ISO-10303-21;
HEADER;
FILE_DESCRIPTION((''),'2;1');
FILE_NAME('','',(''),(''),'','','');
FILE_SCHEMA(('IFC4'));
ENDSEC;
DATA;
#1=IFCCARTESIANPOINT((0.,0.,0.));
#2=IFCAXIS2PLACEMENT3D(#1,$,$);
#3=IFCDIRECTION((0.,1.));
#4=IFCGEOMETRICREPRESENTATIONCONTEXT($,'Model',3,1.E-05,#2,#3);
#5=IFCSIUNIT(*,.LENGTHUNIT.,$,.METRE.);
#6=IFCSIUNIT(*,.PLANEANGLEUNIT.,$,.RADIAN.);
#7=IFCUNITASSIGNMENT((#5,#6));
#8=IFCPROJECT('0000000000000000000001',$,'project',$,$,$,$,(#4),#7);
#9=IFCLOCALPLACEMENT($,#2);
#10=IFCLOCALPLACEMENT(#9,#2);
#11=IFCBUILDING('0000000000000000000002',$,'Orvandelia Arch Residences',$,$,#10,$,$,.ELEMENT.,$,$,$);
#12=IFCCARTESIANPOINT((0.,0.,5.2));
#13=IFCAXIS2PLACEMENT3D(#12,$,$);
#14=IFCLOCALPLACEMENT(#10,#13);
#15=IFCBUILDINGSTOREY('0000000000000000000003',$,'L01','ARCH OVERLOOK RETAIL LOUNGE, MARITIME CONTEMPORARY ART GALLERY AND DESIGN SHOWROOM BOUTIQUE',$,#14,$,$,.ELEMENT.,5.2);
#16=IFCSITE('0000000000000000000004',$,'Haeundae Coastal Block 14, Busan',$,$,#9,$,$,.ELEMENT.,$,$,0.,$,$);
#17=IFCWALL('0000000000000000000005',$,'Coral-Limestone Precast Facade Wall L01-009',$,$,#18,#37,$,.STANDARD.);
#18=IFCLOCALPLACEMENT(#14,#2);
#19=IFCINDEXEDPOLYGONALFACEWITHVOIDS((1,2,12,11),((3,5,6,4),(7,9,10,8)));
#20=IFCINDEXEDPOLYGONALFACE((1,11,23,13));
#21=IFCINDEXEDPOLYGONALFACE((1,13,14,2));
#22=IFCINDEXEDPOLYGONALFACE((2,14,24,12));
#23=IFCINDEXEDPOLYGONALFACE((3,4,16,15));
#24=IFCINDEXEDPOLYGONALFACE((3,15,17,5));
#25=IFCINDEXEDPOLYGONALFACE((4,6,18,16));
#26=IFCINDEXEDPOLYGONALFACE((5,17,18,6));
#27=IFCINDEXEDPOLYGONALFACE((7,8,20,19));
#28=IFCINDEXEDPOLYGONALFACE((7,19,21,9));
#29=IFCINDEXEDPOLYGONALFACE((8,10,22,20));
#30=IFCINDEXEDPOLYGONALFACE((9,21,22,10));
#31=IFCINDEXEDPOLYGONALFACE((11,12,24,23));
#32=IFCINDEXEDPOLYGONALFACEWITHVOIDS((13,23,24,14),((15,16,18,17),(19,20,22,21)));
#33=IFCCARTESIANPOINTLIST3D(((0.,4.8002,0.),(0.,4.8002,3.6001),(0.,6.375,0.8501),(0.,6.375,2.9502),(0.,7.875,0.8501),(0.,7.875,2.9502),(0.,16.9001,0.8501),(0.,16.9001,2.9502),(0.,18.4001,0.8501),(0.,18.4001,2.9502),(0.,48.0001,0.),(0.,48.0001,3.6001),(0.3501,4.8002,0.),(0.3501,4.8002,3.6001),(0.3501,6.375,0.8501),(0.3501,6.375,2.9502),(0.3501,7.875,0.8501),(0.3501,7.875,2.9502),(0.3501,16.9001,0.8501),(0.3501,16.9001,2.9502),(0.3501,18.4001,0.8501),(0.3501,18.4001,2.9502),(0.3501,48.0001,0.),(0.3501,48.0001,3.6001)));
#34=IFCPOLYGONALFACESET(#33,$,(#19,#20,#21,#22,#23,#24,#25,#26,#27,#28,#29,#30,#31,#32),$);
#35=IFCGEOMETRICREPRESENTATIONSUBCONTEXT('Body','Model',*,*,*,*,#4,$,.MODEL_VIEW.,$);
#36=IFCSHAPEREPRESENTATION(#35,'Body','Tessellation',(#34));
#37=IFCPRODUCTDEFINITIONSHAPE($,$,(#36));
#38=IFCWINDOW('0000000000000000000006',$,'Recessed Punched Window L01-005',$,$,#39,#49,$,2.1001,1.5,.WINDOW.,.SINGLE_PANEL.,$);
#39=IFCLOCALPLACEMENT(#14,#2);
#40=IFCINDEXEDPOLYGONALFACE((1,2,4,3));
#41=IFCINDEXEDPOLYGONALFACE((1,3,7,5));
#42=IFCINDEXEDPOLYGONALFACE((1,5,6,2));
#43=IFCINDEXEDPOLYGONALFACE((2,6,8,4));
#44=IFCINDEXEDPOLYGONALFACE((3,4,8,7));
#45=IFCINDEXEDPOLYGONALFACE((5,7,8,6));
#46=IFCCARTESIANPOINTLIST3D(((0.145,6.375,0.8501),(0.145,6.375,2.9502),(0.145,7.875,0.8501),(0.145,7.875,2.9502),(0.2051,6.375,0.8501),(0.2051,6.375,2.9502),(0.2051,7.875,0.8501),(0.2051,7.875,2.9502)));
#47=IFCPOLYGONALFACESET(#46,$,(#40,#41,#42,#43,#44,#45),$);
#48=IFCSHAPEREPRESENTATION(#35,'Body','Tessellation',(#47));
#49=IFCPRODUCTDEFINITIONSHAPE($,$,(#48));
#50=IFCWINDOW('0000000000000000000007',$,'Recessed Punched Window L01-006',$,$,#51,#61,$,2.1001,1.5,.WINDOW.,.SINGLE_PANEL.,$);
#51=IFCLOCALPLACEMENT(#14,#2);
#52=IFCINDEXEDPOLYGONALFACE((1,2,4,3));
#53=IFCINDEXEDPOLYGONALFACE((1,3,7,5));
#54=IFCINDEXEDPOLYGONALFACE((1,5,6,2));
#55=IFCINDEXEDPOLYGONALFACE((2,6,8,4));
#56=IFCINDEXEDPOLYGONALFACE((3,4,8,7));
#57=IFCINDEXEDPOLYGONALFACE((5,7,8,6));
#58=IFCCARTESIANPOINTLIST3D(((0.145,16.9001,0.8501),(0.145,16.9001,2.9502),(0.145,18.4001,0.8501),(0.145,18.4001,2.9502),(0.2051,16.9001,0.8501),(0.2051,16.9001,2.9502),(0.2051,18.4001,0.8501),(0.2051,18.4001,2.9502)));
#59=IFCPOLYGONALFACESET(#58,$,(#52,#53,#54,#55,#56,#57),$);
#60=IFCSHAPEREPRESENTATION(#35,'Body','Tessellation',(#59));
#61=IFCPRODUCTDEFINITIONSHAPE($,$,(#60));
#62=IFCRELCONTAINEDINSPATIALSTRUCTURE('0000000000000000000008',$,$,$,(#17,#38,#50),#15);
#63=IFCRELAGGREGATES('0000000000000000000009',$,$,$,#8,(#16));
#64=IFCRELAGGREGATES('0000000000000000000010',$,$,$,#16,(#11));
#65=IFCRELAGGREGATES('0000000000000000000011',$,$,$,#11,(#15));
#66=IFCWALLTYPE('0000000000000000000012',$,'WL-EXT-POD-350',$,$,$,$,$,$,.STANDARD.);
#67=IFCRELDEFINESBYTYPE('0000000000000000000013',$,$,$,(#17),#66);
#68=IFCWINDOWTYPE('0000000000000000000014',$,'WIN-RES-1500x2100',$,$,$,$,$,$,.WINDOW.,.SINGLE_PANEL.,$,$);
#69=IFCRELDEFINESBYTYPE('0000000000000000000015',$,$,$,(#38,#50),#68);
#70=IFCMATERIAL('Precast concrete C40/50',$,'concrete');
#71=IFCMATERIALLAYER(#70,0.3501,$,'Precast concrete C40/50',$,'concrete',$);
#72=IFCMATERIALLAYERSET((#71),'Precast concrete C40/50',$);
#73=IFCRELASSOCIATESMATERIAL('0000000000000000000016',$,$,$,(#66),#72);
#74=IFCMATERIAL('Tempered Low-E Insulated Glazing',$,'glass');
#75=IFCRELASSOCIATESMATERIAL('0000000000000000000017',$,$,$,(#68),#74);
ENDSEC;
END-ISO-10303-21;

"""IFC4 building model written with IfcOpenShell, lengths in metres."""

from ifc_helpers import new_model, si_unit, direction, frame, frame_2d, origin, place, context, subcontext, project, spatial, rectangle, extrude, material, layer, layer_set, type_object, element, fill, save


model = new_model("IFC4")

# Units and contexts
model_context = context("Model", 3, precision=1e-05, world=origin(), true_north=direction((0.0, 1.0)))
body_context = subcontext(model_context, "Body", "Model", "MODEL_VIEW")
ifc_project = project(units=[si_unit("LENGTHUNIT", "METRE"), si_unit("PLANEANGLEUNIT", "RADIAN")], contexts=[model_context])

# Site, building, storey
site_placement = place(None, origin())
site = spatial("IfcSite", under=ifc_project, at=site_placement, Name="Haeundae Coastal Block 14, Busan", CompositionType="ELEMENT", RefElevation=0.0)
building_placement = place(site_placement, origin())
building = spatial("IfcBuilding", under=site, at=building_placement, Name="Orvandelia Arch Residences", CompositionType="ELEMENT")
storey_placement = place(building_placement, frame((0.0, 0.0, 5.2)))
storey = spatial("IfcBuildingStorey", under=building, at=storey_placement, Name="L01", Description="ARCH OVERLOOK RETAIL LOUNGE, MARITIME CONTEMPORARY ART GALLERY AND DESIGN SHOWROOM BOUTIQUE", CompositionType="ELEMENT", Elevation=5.2)

# Shared definitions
ifc_material_1 = material(Name="Precast concrete C40/50", Category="concrete")
ifc_layer_1 = layer(ifc_material_1, 0.3501, Name="Precast concrete C40/50", Category="concrete")
ifc_layer_set_1 = layer_set([ifc_layer_1], Name="Precast concrete C40/50")
wall_type = type_object("IfcWallType", Name="WL-EXT-POD-350", PredefinedType="STANDARD", material=ifc_layer_set_1)

# Wall, openings, windows
wall_1_placement = place(storey_placement, frame((0.175, 4.8, 0.0), z_axis=(0.0, 0.0, 1.0), x_axis=(0.0, 1.0, 0.0)))
wall_1 = element("IfcWall", 1, at=wall_1_placement, inside=storey, type_object=wall_type, Name="Coral-Limestone Precast Facade Wall L01-009", PredefinedType="STANDARD", context=body_context, shape_type="SweptSolid", body=[
    extrude(rectangle(XDim=43.2, YDim=0.3501, at=frame_2d((21.6001, 0.0))), origin(), (0.0, 0.0, 1.0), 3.6001),
])
opening_1_placement = place(wall_1_placement, frame((1.575, 0.0, 0.8501)))
opening_1 = element("IfcOpeningElement", 2, at=opening_1_placement, cuts=wall_1, PredefinedType="OPENING", context=body_context, shape_type="SweptSolid", body=[
    extrude(rectangle(XDim=1.5, YDim=2.1001, at=frame_2d((0.75, 1.05))), frame((0.0, 0.1851, 0.0), z_axis=(0.0, -1.0, 0.0), x_axis=(1.0, 0.0, 0.0)), (0.0, 0.0, 1.0), 0.3701),
])
opening_2_placement = place(wall_1_placement, frame((12.1001, 0.0, 0.8501)))
opening_2 = element("IfcOpeningElement", 3, at=opening_2_placement, cuts=wall_1, PredefinedType="OPENING", context=body_context, shape_type="SweptSolid", body=[
    extrude(rectangle(XDim=1.5, YDim=2.1001, at=frame_2d((0.75, 1.05))), frame((0.0, 0.1851, 0.0), z_axis=(0.0, -1.0, 0.0), x_axis=(1.0, 0.0, 0.0)), (0.0, 0.0, 1.0), 0.3701),
])
ifc_material_2 = material(Name="Tempered Low-E Insulated Glazing", Category="glass")
window_type_1 = type_object("IfcWindowType", Name="WIN-RES-1500x2100", PartitioningType="SINGLE_PANEL", PredefinedType="WINDOW", material=ifc_material_2)
window_1_placement = place(opening_1_placement, origin())
window_1 = element("IfcWindow", 4, at=window_1_placement, inside=storey, type_object=window_type_1, Name="Recessed Punched Window L01-005", OverallHeight=2.1001, OverallWidth=1.5, PartitioningType="SINGLE_PANEL", PredefinedType="WINDOW", context=body_context, shape_type="SweptSolid", body=[
    extrude(rectangle(XDim=1.5, YDim=2.1001, at=frame_2d((0.75, 1.05))), frame((0.0, 0.03, 0.0), z_axis=(0.0, -1.0, 0.0), x_axis=(1.0, 0.0, 0.0)), (0.0, 0.0, 1.0), 0.0601),
])
fill(opening_1, window_1)
window_2_placement = place(opening_2_placement, origin())
window_2 = element("IfcWindow", 5, at=window_2_placement, inside=storey, type_object=window_type_1, Name="Recessed Punched Window L01-006", OverallHeight=2.1001, OverallWidth=1.5, PartitioningType="SINGLE_PANEL", PredefinedType="WINDOW", context=body_context, shape_type="SweptSolid", body=[
    extrude(rectangle(XDim=1.5, YDim=2.1001, at=frame_2d((0.75, 1.05))), frame((0.0, 0.03, 0.0), z_axis=(0.0, -1.0, 0.0), x_axis=(1.0, 0.0, 0.0)), (0.0, 0.0, 1.0), 0.0601),
])
fill(opening_2, window_2)

save(model, "model.ifc")
